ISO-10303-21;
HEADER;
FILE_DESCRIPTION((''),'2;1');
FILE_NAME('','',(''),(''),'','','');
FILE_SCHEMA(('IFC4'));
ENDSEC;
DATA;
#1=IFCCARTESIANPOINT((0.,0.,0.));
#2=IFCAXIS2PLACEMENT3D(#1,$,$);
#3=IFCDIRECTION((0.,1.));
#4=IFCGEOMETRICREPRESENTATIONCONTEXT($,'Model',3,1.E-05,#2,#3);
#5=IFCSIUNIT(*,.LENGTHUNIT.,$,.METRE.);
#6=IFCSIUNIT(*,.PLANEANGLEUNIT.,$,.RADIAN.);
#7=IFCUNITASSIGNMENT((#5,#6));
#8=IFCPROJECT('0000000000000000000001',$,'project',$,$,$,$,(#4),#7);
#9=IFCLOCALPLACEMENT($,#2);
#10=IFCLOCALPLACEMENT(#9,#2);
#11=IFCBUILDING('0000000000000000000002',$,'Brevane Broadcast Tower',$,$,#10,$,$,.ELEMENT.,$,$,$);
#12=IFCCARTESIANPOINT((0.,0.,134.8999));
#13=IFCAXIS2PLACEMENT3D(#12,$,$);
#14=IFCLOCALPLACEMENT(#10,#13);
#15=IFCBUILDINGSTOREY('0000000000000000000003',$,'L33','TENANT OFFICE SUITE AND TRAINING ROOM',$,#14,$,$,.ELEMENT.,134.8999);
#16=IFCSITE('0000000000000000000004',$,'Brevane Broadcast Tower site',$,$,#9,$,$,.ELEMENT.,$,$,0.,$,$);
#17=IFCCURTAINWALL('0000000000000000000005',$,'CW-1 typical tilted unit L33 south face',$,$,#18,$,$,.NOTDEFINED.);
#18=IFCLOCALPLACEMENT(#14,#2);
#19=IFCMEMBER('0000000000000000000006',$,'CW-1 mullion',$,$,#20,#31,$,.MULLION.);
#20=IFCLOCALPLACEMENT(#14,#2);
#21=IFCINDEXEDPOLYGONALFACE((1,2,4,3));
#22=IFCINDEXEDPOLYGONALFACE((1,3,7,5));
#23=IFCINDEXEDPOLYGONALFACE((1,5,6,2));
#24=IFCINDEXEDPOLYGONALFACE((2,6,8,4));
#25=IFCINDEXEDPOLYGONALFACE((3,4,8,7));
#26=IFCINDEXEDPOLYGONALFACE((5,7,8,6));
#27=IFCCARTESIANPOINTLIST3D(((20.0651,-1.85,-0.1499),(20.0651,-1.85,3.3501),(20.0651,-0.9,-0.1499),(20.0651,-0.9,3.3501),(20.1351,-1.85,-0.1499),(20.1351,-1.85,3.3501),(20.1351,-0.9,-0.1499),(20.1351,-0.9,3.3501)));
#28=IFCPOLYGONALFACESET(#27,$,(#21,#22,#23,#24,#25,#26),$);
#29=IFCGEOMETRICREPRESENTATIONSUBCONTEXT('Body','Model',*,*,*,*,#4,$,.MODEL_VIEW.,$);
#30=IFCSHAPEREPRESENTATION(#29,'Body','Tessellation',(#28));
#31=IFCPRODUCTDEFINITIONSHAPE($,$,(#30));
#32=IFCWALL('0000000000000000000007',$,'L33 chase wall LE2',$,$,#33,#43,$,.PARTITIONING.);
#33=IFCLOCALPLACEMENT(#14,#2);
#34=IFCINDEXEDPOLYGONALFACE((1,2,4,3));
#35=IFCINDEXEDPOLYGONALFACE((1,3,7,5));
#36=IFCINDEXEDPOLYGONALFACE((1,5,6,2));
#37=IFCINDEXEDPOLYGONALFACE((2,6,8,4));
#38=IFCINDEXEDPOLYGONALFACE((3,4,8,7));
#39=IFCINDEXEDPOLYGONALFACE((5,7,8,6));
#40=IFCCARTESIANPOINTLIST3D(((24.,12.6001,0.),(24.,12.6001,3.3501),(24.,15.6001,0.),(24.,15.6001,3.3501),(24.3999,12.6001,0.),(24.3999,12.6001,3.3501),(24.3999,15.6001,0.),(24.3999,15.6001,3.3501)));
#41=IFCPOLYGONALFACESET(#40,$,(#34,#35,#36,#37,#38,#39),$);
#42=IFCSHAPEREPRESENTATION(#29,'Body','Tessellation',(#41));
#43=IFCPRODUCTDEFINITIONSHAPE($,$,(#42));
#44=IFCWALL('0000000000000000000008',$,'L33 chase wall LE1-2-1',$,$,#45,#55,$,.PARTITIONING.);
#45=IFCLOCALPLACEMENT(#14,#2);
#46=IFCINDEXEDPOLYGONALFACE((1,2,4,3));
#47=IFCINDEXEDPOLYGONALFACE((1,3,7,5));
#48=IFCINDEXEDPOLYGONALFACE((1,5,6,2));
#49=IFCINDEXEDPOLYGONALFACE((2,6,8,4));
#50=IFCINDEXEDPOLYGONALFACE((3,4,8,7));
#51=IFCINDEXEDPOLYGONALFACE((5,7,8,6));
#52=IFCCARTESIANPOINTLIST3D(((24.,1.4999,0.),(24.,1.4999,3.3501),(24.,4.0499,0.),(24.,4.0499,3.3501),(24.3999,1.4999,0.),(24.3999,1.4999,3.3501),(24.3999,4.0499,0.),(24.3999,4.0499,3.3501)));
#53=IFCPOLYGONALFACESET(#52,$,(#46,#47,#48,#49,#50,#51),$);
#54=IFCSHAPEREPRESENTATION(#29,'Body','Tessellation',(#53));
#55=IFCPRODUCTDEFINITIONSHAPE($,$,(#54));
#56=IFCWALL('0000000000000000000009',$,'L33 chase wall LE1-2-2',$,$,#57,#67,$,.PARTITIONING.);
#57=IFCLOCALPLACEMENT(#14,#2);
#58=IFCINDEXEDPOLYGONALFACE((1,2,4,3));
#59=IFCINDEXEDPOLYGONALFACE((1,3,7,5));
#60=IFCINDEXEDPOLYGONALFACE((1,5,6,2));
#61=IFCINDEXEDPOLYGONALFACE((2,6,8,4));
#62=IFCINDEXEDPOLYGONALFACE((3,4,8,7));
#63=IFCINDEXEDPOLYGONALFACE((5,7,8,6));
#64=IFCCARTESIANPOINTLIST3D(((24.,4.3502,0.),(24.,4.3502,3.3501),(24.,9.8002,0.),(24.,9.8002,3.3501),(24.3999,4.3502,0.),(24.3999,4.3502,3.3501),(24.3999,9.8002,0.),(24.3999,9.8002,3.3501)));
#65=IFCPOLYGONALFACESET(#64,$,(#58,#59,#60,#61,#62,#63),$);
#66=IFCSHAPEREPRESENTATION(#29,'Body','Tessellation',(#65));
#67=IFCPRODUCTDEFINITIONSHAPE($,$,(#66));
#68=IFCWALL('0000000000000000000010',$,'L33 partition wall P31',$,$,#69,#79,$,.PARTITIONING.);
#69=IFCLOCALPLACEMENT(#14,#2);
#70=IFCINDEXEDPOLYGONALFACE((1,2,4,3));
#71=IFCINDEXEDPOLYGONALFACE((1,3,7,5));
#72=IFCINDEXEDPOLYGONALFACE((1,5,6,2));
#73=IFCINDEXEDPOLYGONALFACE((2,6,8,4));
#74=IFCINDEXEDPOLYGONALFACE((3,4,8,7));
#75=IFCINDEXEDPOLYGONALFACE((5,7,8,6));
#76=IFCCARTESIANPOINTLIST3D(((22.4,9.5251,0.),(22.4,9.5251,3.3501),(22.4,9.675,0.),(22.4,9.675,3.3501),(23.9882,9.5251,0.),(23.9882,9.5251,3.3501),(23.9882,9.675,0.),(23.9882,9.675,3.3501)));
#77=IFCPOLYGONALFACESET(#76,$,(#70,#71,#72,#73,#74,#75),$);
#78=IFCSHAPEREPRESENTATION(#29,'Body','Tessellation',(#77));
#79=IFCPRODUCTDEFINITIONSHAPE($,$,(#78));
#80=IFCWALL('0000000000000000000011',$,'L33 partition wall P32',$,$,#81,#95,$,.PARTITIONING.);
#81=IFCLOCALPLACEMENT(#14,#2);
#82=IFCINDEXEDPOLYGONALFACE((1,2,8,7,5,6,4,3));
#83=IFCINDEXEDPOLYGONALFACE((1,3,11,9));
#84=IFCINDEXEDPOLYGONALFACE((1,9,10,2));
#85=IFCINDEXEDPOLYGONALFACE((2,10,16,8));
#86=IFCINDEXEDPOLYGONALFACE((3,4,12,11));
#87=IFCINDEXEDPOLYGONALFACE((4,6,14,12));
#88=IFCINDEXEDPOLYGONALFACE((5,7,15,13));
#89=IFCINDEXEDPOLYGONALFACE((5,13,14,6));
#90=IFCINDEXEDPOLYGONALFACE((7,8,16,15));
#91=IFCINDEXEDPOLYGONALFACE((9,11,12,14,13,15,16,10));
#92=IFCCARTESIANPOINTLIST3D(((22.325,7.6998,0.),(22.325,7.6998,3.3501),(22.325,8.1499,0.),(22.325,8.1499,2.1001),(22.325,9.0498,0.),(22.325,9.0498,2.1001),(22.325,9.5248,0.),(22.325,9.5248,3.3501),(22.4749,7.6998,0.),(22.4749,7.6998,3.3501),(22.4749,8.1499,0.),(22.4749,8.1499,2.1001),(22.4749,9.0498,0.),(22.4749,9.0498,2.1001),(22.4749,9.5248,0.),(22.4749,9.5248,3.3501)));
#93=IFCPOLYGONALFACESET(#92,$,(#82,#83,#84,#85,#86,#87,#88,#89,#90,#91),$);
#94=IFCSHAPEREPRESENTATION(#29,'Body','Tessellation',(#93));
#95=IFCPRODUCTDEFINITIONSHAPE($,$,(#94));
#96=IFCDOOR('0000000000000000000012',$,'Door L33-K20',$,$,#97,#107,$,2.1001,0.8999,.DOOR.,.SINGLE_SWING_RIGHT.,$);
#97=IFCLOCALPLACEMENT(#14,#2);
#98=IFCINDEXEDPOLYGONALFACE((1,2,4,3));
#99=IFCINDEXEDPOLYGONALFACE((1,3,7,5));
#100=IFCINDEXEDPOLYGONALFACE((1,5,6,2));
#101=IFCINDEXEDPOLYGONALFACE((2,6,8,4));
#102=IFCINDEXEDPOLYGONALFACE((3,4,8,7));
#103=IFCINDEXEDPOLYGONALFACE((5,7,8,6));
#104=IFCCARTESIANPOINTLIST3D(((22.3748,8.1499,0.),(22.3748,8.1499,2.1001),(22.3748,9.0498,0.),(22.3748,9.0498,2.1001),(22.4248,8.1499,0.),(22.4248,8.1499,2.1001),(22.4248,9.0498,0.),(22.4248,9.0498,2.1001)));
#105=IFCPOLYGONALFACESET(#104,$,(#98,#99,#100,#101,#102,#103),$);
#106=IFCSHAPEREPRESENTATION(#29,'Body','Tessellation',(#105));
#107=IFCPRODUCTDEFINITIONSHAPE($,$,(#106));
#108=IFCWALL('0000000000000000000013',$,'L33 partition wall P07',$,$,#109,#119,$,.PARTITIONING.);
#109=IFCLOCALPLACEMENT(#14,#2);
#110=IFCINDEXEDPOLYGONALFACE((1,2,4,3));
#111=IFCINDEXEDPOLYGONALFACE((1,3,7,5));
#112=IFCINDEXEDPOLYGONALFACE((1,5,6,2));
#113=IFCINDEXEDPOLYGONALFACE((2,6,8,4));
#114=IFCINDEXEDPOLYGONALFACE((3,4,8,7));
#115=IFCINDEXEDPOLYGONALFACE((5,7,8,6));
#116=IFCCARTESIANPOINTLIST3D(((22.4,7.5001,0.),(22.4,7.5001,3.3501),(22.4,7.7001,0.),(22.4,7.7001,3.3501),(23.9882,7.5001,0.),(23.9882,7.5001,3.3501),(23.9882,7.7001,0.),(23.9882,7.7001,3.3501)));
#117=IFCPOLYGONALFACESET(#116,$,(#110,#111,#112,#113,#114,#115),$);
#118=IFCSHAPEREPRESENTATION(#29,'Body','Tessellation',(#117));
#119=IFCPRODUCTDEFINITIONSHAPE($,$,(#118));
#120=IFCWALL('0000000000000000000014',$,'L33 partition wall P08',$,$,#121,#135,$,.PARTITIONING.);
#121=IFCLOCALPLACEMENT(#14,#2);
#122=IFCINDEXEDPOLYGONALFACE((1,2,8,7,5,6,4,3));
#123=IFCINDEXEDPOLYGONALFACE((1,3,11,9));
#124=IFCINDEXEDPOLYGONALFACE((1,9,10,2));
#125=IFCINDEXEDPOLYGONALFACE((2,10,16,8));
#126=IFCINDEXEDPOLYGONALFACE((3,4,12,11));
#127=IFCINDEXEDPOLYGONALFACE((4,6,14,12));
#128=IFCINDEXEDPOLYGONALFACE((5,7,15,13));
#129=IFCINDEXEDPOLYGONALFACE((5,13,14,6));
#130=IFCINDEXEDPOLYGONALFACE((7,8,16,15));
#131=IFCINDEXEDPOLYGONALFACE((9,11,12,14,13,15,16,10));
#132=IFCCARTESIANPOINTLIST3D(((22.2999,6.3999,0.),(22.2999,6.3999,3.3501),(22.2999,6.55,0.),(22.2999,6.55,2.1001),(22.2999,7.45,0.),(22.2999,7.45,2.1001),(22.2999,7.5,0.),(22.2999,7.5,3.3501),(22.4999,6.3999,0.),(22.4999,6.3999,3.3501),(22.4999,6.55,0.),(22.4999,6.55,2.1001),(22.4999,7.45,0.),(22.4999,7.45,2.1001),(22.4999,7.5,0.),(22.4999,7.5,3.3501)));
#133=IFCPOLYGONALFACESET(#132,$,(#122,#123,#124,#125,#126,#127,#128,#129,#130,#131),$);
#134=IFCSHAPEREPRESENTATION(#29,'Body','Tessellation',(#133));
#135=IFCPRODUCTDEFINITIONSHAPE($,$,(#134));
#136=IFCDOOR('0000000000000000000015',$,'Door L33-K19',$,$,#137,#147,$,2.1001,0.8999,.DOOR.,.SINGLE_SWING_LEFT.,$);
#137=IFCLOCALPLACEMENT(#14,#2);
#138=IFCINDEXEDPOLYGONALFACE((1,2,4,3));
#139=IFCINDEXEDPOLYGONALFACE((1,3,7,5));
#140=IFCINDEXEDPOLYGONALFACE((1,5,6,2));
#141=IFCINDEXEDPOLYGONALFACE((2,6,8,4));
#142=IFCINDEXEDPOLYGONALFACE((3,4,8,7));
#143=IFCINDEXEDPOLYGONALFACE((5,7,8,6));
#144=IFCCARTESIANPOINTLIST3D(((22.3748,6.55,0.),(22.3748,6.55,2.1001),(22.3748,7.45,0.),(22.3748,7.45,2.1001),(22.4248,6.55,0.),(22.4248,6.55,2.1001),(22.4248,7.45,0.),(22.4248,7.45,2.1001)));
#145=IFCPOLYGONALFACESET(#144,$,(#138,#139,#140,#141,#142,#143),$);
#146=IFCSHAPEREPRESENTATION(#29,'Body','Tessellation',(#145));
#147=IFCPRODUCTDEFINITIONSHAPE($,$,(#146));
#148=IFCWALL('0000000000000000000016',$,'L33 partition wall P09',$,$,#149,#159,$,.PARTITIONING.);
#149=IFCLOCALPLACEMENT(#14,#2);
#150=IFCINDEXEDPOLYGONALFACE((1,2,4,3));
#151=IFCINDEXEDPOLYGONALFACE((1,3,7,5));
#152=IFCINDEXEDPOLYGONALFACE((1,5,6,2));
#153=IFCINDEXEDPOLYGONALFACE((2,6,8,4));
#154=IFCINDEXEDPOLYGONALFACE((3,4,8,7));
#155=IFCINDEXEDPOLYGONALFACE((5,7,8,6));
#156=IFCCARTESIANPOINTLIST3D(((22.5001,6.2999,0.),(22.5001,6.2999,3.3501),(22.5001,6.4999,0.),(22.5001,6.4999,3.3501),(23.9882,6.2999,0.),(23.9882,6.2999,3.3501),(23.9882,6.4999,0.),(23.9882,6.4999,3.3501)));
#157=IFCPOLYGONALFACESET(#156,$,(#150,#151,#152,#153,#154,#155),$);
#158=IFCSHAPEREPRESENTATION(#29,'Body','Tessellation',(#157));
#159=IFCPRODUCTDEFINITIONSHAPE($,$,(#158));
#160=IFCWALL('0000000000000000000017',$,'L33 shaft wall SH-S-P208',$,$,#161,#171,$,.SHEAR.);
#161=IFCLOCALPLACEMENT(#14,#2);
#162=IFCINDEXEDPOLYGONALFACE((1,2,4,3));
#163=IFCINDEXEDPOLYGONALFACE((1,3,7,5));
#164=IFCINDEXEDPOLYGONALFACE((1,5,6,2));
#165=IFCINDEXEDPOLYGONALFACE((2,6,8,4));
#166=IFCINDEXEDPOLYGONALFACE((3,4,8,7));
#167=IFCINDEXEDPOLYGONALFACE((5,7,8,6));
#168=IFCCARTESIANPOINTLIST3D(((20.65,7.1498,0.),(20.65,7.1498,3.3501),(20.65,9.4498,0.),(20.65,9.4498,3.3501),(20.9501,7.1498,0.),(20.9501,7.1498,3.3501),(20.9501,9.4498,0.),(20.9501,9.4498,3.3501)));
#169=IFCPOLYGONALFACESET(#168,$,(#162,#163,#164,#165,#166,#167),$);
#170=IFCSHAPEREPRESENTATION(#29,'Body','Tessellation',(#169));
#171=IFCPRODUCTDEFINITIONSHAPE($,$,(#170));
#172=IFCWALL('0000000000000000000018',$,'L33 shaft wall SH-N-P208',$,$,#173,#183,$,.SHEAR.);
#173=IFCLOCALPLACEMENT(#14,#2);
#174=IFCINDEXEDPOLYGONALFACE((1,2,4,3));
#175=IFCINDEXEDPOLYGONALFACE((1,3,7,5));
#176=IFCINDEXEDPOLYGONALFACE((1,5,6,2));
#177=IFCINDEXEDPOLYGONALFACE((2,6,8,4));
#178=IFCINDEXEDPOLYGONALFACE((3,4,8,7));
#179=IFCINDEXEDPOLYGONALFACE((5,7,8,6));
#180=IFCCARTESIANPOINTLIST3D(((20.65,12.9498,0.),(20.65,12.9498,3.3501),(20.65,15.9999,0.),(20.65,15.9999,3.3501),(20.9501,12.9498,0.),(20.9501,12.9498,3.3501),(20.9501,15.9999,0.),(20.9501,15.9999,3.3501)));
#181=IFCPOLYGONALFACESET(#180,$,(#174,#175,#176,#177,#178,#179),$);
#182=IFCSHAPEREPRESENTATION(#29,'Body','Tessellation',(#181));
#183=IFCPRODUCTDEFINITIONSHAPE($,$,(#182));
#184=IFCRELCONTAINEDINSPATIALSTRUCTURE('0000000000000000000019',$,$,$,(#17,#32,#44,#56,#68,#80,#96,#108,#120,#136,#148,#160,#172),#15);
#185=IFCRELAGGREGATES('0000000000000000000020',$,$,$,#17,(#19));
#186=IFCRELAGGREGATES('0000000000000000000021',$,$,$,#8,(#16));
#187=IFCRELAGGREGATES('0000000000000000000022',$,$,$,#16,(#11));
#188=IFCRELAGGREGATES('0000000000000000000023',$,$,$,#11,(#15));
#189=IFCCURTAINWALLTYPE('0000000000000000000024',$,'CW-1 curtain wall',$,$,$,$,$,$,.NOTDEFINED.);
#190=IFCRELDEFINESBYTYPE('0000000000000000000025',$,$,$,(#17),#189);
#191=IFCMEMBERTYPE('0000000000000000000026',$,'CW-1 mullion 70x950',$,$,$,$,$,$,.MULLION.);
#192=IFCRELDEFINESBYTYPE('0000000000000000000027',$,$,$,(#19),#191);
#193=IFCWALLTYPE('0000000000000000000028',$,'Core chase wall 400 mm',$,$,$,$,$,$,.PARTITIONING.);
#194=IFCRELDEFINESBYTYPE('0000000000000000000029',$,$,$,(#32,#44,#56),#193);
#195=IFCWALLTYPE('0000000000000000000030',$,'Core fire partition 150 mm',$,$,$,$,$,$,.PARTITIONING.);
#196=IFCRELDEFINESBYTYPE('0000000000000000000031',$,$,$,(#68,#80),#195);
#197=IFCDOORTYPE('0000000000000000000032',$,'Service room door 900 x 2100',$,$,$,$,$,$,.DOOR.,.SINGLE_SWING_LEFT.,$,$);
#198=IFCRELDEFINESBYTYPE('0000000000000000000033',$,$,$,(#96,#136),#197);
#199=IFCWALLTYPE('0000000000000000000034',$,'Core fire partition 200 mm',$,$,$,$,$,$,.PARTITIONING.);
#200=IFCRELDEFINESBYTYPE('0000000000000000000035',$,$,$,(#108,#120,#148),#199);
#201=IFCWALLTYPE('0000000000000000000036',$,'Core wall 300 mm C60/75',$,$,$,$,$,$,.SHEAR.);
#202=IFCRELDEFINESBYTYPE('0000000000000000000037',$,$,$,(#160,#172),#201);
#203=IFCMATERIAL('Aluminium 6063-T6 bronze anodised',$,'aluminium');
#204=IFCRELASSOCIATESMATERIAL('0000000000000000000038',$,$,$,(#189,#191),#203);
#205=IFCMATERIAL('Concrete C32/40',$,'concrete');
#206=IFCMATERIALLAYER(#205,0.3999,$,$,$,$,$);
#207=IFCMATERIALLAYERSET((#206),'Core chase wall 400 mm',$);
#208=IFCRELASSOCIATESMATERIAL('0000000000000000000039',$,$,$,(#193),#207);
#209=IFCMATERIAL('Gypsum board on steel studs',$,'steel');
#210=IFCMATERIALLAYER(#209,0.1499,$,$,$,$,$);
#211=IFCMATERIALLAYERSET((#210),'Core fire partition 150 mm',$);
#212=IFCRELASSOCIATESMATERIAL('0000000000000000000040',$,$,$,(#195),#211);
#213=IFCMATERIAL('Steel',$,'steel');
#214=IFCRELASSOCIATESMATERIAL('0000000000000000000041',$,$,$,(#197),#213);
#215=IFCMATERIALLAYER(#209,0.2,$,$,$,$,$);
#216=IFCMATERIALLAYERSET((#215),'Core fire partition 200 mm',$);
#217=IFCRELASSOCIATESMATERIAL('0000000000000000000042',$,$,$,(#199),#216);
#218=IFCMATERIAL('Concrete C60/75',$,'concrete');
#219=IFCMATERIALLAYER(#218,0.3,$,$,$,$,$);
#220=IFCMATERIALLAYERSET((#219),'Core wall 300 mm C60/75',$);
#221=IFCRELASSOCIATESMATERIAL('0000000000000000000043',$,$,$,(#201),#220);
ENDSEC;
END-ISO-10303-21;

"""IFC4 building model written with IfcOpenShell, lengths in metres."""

from ifc_helpers import new_model, si_unit, direction, frame, frame_2d, origin, origin_2d, place, context, subcontext, project, spatial, rectangle, extrude, material, layer, layer_set, material_profile, profile_set, type_object, element, fill, aggregate, save


model = new_model("IFC4")

# Units and contexts
model_context = context("Model", 3, precision=1e-05, world=origin(), true_north=direction((0.0, 1.0)))
body_context = subcontext(model_context, "Body", "Model", "MODEL_VIEW")
ifc_project = project(units=[si_unit("LENGTHUNIT", "METRE"), si_unit("PLANEANGLEUNIT", "RADIAN")], contexts=[model_context])

# Site, building, storey
site_placement = place(None, origin())
site = spatial("IfcSite", under=ifc_project, at=site_placement, Name="Brevane Broadcast Tower site", CompositionType="ELEMENT", RefElevation=0.0)
building_placement = place(site_placement, origin())
building = spatial("IfcBuilding", under=site, at=building_placement, Name="Brevane Broadcast Tower", CompositionType="ELEMENT")
storey_placement = place(building_placement, frame((0.0, 0.0, 134.8999)))
storey = spatial("IfcBuildingStorey", under=building, at=storey_placement, Name="L33", Description="TENANT OFFICE SUITE AND TRAINING ROOM", CompositionType="ELEMENT", Elevation=134.8999)

# Curtain wall, member
ifc_material_1 = material(Name="Aluminium 6063-T6 bronze anodised", Category="aluminium")
curtain_wall_type = type_object("IfcCurtainWallType", Name="CW-1 curtain wall", PredefinedType="NOTDEFINED", material=ifc_material_1)
curtain_wall_placement = place(storey_placement, origin())
curtain_wall = element("IfcCurtainWall", 1, at=curtain_wall_placement, inside=storey, type_object=curtain_wall_type, Name="CW-1 typical tilted unit L33 south face", PredefinedType="NOTDEFINED")
ifc_material_profile = material_profile(ifc_material_1, rectangle(XDim=0.95, YDim=0.0701, at=origin_2d()), Name="RECT 70x950")
ifc_profile_set = profile_set([ifc_material_profile], Name="Aluminium 6063-T6 bronze anodised")
member_type = type_object("IfcMemberType", Name="CW-1 mullion 70x950", PredefinedType="MULLION", material=ifc_profile_set)
member_placement = place(storey_placement, frame((20.1001, -1.375, -0.1499), z_axis=(0.0, 0.0, 1.0), x_axis=(0.0, 1.0, 0.0)))
member = element("IfcMember", 2, at=member_placement, type_object=member_type, Name="CW-1 mullion", PredefinedType="MULLION", context=body_context, shape_type="SweptSolid", body=[
    extrude(rectangle(XDim=0.95, YDim=0.0701, at=origin_2d()), origin(), (0.0, 0.0, 1.0), 3.5),
])
aggregate(curtain_wall, [member])

# Walls
ifc_material_2 = material(Name="Concrete C32/40", Category="concrete")
ifc_layer_1 = layer(ifc_material_2, 0.3999)
ifc_layer_set_1 = layer_set([ifc_layer_1], Name="Core chase wall 400 mm")
wall_type_1 = type_object("IfcWallType", Name="Core chase wall 400 mm", PredefinedType="PARTITIONING", material=ifc_layer_set_1)
wall_1_placement = place(storey_placement, frame((24.2, 12.6001, 0.0), z_axis=(0.0, 0.0, 1.0), x_axis=(0.0, 1.0, 0.0)))
element("IfcWall", 3, at=wall_1_placement, inside=storey, type_object=wall_type_1, Name="L33 chase wall LE2", PredefinedType="PARTITIONING", context=body_context, shape_type="SweptSolid", body=[
    extrude(rectangle(XDim=3.0, YDim=0.3999, at=frame_2d((1.5, 0.0))), origin(), (0.0, 0.0, 1.0), 3.3501),
])
wall_2_placement = place(storey_placement, frame((24.2, 1.5, 0.0), z_axis=(0.0, 0.0, 1.0), x_axis=(0.0, 1.0, 0.0)))
element("IfcWall", 4, at=wall_2_placement, inside=storey, type_object=wall_type_1, Name="L33 chase wall LE1-2-1", PredefinedType="PARTITIONING", context=body_context, shape_type="SweptSolid", body=[
    extrude(rectangle(XDim=2.55, YDim=0.3999, at=frame_2d((1.2749, 0.0))), origin(), (0.0, 0.0, 1.0), 3.3501),
])
wall_3_placement = place(storey_placement, frame((24.2, 4.3501, 0.0), z_axis=(0.0, 0.0, 1.0), x_axis=(0.0, 1.0, 0.0)))
element("IfcWall", 5, at=wall_3_placement, inside=storey, type_object=wall_type_1, Name="L33 chase wall LE1-2-2", PredefinedType="PARTITIONING", context=body_context, shape_type="SweptSolid", body=[
    extrude(rectangle(XDim=5.45, YDim=0.3999, at=frame_2d((2.7251, 0.0))), origin(), (0.0, 0.0, 1.0), 3.3501),
])
ifc_material_3 = material(Name="Gypsum board on steel studs", Category="steel")
ifc_layer_2 = layer(ifc_material_3, 0.1499)
ifc_layer_set_2 = layer_set([ifc_layer_2], Name="Core fire partition 150 mm")
wall_type_2 = type_object("IfcWallType", Name="Core fire partition 150 mm", PredefinedType="PARTITIONING", material=ifc_layer_set_2)
wall_4_placement = place(storey_placement, frame((23.988, 9.6001, 0.0), z_axis=(0.0, 0.0, 1.0), x_axis=(-1.0, 0.0, 0.0)))
element("IfcWall", 6, at=wall_4_placement, inside=storey, type_object=wall_type_2, Name="L33 partition wall P31", PredefinedType="PARTITIONING", context=body_context, shape_type="SweptSolid", body=[
    extrude(rectangle(XDim=1.5881, YDim=0.1499, at=frame_2d((0.7939, 0.0))), origin(), (0.0, 0.0, 1.0), 3.3501),
])

# Wall, opening, door
wall_5_placement = place(storey_placement, frame((22.3999, 9.5249, 0.0), z_axis=(0.0, 0.0, 1.0), x_axis=(0.0, -1.0, 0.0)))
wall_5 = element("IfcWall", 7, at=wall_5_placement, inside=storey, type_object=wall_type_2, Name="L33 partition wall P32", PredefinedType="PARTITIONING", context=body_context, shape_type="SweptSolid", body=[
    extrude(rectangle(XDim=1.825, YDim=0.1499, at=frame_2d((0.9126, 0.0))), origin(), (0.0, 0.0, 1.0), 3.3501),
])
opening_1_placement = place(wall_5_placement, frame((0.4751, 0.0, 0.0)))
opening_1 = element("IfcOpeningElement", 8, at=opening_1_placement, cuts=wall_5, PredefinedType="OPENING", context=body_context, shape_type="SweptSolid", body=[
    extrude(rectangle(XDim=0.8999, YDim=2.1001, at=frame_2d((0.45, 1.05))), frame((0.0, 0.085, 0.0), z_axis=(0.0, -1.0, 0.0), x_axis=(1.0, 0.0, 0.0)), (0.0, 0.0, 1.0), 0.1699),
])
ifc_material_4 = material(Name="Steel", Category="steel")
door_type = type_object("IfcDoorType", Name="Service room door 900 x 2100", OperationType="SINGLE_SWING_LEFT", PredefinedType="DOOR", material=ifc_material_4)
door_1_placement = place(opening_1_placement, origin())
door_1 = element("IfcDoor", 9, at=door_1_placement, inside=storey, type_object=door_type, Name="Door L33-K20", OperationType="SINGLE_SWING_RIGHT", OverallHeight=2.1001, OverallWidth=0.8999, PredefinedType="DOOR", context=body_context, shape_type="SweptSolid", body=[
    extrude(rectangle(XDim=0.8999, YDim=2.1001, at=frame_2d((0.45, 1.05))), frame((0.0, 0.0249, 0.0), z_axis=(0.0, -1.0, 0.0), x_axis=(1.0, 0.0, 0.0)), (0.0, 0.0, 1.0), 0.05),
])
fill(opening_1, door_1)

# Wall
ifc_layer_3 = layer(ifc_material_3, 0.2)
ifc_layer_set_3 = layer_set([ifc_layer_3], Name="Core fire partition 200 mm")
wall_type_3 = type_object("IfcWallType", Name="Core fire partition 200 mm", PredefinedType="PARTITIONING", material=ifc_layer_set_3)
wall_6_placement = place(storey_placement, frame((23.988, 7.6001, 0.0), z_axis=(0.0, 0.0, 1.0), x_axis=(-1.0, 0.0, 0.0)))
element("IfcWall", 10, at=wall_6_placement, inside=storey, type_object=wall_type_3, Name="L33 partition wall P07", PredefinedType="PARTITIONING", context=body_context, shape_type="SweptSolid", body=[
    extrude(rectangle(XDim=1.5881, YDim=0.2, at=frame_2d((0.7939, 0.0))), origin(), (0.0, 0.0, 1.0), 3.3501),
])

# Wall, opening, door
wall_7_placement = place(storey_placement, frame((22.3999, 7.5, 0.0), z_axis=(0.0, 0.0, 1.0), x_axis=(0.0, -1.0, 0.0)))
wall_7 = element("IfcWall", 11, at=wall_7_placement, inside=storey, type_object=wall_type_3, Name="L33 partition wall P08", PredefinedType="PARTITIONING", context=body_context, shape_type="SweptSolid", body=[
    extrude(rectangle(XDim=1.1001, YDim=0.2, at=frame_2d((0.55, 0.0))), origin(), (0.0, 0.0, 1.0), 3.3501),
])
opening_2_placement = place(wall_7_placement, frame((0.05, 0.0, 0.0)))
opening_2 = element("IfcOpeningElement", 12, at=opening_2_placement, cuts=wall_7, PredefinedType="OPENING", context=body_context, shape_type="SweptSolid", body=[
    extrude(rectangle(XDim=0.8999, YDim=2.1001, at=frame_2d((0.45, 1.05))), frame((0.0, 0.1099, 0.0), z_axis=(0.0, -1.0, 0.0), x_axis=(1.0, 0.0, 0.0)), (0.0, 0.0, 1.0), 0.22),
])
door_2_placement = place(opening_2_placement, origin())
door_2 = element("IfcDoor", 13, at=door_2_placement, inside=storey, type_object=door_type, Name="Door L33-K19", OperationType="SINGLE_SWING_LEFT", OverallHeight=2.1001, OverallWidth=0.8999, PredefinedType="DOOR", context=body_context, shape_type="SweptSolid", body=[
    extrude(rectangle(XDim=0.8999, YDim=2.1001, at=frame_2d((0.45, 1.05))), frame((0.0, 0.0249, 0.0), z_axis=(0.0, -1.0, 0.0), x_axis=(1.0, 0.0, 0.0)), (0.0, 0.0, 1.0), 0.05),
])
fill(opening_2, door_2)

# Walls
wall_8_placement = place(storey_placement, frame((22.5, 6.3999, 0.0), z_axis=(0.0, 0.0, 1.0), x_axis=(1.0, 0.0, 0.0)))
element("IfcWall", 14, at=wall_8_placement, inside=storey, type_object=wall_type_3, Name="L33 partition wall P09", PredefinedType="PARTITIONING", context=body_context, shape_type="SweptSolid", body=[
    extrude(rectangle(XDim=1.488, YDim=0.2, at=frame_2d((0.7441, 0.0))), origin(), (0.0, 0.0, 1.0), 3.3501),
])
ifc_material_5 = material(Name="Concrete C60/75", Category="concrete")
ifc_layer_4 = layer(ifc_material_5, 0.3)
ifc_layer_set_4 = layer_set([ifc_layer_4], Name="Core wall 300 mm C60/75")
wall_type_4 = type_object("IfcWallType", Name="Core wall 300 mm C60/75", PredefinedType="SHEAR", material=ifc_layer_set_4)
wall_9_placement = place(storey_placement, frame((20.8, 7.1499, 0.0), z_axis=(0.0, 0.0, 1.0), x_axis=(0.0, 1.0, 0.0)))
element("IfcWall", 15, at=wall_9_placement, inside=storey, type_object=wall_type_4, Name="L33 shaft wall SH-S-P208", PredefinedType="SHEAR", context=body_context, shape_type="SweptSolid", body=[
    extrude(rectangle(XDim=2.3, YDim=0.3, at=frame_2d((1.1499, 0.0))), origin(), (0.0, 0.0, 1.0), 3.3501),
])
wall_10_placement = place(storey_placement, frame((20.8, 12.95, 0.0), z_axis=(0.0, 0.0, 1.0), x_axis=(0.0, 1.0, 0.0)))
element("IfcWall", 16, at=wall_10_placement, inside=storey, type_object=wall_type_4, Name="L33 shaft wall SH-N-P208", PredefinedType="SHEAR", context=body_context, shape_type="SweptSolid", body=[
    extrude(rectangle(XDim=3.05, YDim=0.3, at=frame_2d((1.5249, 0.0))), origin(), (0.0, 0.0, 1.0), 3.3501),
])

save(model, "model.ifc")
